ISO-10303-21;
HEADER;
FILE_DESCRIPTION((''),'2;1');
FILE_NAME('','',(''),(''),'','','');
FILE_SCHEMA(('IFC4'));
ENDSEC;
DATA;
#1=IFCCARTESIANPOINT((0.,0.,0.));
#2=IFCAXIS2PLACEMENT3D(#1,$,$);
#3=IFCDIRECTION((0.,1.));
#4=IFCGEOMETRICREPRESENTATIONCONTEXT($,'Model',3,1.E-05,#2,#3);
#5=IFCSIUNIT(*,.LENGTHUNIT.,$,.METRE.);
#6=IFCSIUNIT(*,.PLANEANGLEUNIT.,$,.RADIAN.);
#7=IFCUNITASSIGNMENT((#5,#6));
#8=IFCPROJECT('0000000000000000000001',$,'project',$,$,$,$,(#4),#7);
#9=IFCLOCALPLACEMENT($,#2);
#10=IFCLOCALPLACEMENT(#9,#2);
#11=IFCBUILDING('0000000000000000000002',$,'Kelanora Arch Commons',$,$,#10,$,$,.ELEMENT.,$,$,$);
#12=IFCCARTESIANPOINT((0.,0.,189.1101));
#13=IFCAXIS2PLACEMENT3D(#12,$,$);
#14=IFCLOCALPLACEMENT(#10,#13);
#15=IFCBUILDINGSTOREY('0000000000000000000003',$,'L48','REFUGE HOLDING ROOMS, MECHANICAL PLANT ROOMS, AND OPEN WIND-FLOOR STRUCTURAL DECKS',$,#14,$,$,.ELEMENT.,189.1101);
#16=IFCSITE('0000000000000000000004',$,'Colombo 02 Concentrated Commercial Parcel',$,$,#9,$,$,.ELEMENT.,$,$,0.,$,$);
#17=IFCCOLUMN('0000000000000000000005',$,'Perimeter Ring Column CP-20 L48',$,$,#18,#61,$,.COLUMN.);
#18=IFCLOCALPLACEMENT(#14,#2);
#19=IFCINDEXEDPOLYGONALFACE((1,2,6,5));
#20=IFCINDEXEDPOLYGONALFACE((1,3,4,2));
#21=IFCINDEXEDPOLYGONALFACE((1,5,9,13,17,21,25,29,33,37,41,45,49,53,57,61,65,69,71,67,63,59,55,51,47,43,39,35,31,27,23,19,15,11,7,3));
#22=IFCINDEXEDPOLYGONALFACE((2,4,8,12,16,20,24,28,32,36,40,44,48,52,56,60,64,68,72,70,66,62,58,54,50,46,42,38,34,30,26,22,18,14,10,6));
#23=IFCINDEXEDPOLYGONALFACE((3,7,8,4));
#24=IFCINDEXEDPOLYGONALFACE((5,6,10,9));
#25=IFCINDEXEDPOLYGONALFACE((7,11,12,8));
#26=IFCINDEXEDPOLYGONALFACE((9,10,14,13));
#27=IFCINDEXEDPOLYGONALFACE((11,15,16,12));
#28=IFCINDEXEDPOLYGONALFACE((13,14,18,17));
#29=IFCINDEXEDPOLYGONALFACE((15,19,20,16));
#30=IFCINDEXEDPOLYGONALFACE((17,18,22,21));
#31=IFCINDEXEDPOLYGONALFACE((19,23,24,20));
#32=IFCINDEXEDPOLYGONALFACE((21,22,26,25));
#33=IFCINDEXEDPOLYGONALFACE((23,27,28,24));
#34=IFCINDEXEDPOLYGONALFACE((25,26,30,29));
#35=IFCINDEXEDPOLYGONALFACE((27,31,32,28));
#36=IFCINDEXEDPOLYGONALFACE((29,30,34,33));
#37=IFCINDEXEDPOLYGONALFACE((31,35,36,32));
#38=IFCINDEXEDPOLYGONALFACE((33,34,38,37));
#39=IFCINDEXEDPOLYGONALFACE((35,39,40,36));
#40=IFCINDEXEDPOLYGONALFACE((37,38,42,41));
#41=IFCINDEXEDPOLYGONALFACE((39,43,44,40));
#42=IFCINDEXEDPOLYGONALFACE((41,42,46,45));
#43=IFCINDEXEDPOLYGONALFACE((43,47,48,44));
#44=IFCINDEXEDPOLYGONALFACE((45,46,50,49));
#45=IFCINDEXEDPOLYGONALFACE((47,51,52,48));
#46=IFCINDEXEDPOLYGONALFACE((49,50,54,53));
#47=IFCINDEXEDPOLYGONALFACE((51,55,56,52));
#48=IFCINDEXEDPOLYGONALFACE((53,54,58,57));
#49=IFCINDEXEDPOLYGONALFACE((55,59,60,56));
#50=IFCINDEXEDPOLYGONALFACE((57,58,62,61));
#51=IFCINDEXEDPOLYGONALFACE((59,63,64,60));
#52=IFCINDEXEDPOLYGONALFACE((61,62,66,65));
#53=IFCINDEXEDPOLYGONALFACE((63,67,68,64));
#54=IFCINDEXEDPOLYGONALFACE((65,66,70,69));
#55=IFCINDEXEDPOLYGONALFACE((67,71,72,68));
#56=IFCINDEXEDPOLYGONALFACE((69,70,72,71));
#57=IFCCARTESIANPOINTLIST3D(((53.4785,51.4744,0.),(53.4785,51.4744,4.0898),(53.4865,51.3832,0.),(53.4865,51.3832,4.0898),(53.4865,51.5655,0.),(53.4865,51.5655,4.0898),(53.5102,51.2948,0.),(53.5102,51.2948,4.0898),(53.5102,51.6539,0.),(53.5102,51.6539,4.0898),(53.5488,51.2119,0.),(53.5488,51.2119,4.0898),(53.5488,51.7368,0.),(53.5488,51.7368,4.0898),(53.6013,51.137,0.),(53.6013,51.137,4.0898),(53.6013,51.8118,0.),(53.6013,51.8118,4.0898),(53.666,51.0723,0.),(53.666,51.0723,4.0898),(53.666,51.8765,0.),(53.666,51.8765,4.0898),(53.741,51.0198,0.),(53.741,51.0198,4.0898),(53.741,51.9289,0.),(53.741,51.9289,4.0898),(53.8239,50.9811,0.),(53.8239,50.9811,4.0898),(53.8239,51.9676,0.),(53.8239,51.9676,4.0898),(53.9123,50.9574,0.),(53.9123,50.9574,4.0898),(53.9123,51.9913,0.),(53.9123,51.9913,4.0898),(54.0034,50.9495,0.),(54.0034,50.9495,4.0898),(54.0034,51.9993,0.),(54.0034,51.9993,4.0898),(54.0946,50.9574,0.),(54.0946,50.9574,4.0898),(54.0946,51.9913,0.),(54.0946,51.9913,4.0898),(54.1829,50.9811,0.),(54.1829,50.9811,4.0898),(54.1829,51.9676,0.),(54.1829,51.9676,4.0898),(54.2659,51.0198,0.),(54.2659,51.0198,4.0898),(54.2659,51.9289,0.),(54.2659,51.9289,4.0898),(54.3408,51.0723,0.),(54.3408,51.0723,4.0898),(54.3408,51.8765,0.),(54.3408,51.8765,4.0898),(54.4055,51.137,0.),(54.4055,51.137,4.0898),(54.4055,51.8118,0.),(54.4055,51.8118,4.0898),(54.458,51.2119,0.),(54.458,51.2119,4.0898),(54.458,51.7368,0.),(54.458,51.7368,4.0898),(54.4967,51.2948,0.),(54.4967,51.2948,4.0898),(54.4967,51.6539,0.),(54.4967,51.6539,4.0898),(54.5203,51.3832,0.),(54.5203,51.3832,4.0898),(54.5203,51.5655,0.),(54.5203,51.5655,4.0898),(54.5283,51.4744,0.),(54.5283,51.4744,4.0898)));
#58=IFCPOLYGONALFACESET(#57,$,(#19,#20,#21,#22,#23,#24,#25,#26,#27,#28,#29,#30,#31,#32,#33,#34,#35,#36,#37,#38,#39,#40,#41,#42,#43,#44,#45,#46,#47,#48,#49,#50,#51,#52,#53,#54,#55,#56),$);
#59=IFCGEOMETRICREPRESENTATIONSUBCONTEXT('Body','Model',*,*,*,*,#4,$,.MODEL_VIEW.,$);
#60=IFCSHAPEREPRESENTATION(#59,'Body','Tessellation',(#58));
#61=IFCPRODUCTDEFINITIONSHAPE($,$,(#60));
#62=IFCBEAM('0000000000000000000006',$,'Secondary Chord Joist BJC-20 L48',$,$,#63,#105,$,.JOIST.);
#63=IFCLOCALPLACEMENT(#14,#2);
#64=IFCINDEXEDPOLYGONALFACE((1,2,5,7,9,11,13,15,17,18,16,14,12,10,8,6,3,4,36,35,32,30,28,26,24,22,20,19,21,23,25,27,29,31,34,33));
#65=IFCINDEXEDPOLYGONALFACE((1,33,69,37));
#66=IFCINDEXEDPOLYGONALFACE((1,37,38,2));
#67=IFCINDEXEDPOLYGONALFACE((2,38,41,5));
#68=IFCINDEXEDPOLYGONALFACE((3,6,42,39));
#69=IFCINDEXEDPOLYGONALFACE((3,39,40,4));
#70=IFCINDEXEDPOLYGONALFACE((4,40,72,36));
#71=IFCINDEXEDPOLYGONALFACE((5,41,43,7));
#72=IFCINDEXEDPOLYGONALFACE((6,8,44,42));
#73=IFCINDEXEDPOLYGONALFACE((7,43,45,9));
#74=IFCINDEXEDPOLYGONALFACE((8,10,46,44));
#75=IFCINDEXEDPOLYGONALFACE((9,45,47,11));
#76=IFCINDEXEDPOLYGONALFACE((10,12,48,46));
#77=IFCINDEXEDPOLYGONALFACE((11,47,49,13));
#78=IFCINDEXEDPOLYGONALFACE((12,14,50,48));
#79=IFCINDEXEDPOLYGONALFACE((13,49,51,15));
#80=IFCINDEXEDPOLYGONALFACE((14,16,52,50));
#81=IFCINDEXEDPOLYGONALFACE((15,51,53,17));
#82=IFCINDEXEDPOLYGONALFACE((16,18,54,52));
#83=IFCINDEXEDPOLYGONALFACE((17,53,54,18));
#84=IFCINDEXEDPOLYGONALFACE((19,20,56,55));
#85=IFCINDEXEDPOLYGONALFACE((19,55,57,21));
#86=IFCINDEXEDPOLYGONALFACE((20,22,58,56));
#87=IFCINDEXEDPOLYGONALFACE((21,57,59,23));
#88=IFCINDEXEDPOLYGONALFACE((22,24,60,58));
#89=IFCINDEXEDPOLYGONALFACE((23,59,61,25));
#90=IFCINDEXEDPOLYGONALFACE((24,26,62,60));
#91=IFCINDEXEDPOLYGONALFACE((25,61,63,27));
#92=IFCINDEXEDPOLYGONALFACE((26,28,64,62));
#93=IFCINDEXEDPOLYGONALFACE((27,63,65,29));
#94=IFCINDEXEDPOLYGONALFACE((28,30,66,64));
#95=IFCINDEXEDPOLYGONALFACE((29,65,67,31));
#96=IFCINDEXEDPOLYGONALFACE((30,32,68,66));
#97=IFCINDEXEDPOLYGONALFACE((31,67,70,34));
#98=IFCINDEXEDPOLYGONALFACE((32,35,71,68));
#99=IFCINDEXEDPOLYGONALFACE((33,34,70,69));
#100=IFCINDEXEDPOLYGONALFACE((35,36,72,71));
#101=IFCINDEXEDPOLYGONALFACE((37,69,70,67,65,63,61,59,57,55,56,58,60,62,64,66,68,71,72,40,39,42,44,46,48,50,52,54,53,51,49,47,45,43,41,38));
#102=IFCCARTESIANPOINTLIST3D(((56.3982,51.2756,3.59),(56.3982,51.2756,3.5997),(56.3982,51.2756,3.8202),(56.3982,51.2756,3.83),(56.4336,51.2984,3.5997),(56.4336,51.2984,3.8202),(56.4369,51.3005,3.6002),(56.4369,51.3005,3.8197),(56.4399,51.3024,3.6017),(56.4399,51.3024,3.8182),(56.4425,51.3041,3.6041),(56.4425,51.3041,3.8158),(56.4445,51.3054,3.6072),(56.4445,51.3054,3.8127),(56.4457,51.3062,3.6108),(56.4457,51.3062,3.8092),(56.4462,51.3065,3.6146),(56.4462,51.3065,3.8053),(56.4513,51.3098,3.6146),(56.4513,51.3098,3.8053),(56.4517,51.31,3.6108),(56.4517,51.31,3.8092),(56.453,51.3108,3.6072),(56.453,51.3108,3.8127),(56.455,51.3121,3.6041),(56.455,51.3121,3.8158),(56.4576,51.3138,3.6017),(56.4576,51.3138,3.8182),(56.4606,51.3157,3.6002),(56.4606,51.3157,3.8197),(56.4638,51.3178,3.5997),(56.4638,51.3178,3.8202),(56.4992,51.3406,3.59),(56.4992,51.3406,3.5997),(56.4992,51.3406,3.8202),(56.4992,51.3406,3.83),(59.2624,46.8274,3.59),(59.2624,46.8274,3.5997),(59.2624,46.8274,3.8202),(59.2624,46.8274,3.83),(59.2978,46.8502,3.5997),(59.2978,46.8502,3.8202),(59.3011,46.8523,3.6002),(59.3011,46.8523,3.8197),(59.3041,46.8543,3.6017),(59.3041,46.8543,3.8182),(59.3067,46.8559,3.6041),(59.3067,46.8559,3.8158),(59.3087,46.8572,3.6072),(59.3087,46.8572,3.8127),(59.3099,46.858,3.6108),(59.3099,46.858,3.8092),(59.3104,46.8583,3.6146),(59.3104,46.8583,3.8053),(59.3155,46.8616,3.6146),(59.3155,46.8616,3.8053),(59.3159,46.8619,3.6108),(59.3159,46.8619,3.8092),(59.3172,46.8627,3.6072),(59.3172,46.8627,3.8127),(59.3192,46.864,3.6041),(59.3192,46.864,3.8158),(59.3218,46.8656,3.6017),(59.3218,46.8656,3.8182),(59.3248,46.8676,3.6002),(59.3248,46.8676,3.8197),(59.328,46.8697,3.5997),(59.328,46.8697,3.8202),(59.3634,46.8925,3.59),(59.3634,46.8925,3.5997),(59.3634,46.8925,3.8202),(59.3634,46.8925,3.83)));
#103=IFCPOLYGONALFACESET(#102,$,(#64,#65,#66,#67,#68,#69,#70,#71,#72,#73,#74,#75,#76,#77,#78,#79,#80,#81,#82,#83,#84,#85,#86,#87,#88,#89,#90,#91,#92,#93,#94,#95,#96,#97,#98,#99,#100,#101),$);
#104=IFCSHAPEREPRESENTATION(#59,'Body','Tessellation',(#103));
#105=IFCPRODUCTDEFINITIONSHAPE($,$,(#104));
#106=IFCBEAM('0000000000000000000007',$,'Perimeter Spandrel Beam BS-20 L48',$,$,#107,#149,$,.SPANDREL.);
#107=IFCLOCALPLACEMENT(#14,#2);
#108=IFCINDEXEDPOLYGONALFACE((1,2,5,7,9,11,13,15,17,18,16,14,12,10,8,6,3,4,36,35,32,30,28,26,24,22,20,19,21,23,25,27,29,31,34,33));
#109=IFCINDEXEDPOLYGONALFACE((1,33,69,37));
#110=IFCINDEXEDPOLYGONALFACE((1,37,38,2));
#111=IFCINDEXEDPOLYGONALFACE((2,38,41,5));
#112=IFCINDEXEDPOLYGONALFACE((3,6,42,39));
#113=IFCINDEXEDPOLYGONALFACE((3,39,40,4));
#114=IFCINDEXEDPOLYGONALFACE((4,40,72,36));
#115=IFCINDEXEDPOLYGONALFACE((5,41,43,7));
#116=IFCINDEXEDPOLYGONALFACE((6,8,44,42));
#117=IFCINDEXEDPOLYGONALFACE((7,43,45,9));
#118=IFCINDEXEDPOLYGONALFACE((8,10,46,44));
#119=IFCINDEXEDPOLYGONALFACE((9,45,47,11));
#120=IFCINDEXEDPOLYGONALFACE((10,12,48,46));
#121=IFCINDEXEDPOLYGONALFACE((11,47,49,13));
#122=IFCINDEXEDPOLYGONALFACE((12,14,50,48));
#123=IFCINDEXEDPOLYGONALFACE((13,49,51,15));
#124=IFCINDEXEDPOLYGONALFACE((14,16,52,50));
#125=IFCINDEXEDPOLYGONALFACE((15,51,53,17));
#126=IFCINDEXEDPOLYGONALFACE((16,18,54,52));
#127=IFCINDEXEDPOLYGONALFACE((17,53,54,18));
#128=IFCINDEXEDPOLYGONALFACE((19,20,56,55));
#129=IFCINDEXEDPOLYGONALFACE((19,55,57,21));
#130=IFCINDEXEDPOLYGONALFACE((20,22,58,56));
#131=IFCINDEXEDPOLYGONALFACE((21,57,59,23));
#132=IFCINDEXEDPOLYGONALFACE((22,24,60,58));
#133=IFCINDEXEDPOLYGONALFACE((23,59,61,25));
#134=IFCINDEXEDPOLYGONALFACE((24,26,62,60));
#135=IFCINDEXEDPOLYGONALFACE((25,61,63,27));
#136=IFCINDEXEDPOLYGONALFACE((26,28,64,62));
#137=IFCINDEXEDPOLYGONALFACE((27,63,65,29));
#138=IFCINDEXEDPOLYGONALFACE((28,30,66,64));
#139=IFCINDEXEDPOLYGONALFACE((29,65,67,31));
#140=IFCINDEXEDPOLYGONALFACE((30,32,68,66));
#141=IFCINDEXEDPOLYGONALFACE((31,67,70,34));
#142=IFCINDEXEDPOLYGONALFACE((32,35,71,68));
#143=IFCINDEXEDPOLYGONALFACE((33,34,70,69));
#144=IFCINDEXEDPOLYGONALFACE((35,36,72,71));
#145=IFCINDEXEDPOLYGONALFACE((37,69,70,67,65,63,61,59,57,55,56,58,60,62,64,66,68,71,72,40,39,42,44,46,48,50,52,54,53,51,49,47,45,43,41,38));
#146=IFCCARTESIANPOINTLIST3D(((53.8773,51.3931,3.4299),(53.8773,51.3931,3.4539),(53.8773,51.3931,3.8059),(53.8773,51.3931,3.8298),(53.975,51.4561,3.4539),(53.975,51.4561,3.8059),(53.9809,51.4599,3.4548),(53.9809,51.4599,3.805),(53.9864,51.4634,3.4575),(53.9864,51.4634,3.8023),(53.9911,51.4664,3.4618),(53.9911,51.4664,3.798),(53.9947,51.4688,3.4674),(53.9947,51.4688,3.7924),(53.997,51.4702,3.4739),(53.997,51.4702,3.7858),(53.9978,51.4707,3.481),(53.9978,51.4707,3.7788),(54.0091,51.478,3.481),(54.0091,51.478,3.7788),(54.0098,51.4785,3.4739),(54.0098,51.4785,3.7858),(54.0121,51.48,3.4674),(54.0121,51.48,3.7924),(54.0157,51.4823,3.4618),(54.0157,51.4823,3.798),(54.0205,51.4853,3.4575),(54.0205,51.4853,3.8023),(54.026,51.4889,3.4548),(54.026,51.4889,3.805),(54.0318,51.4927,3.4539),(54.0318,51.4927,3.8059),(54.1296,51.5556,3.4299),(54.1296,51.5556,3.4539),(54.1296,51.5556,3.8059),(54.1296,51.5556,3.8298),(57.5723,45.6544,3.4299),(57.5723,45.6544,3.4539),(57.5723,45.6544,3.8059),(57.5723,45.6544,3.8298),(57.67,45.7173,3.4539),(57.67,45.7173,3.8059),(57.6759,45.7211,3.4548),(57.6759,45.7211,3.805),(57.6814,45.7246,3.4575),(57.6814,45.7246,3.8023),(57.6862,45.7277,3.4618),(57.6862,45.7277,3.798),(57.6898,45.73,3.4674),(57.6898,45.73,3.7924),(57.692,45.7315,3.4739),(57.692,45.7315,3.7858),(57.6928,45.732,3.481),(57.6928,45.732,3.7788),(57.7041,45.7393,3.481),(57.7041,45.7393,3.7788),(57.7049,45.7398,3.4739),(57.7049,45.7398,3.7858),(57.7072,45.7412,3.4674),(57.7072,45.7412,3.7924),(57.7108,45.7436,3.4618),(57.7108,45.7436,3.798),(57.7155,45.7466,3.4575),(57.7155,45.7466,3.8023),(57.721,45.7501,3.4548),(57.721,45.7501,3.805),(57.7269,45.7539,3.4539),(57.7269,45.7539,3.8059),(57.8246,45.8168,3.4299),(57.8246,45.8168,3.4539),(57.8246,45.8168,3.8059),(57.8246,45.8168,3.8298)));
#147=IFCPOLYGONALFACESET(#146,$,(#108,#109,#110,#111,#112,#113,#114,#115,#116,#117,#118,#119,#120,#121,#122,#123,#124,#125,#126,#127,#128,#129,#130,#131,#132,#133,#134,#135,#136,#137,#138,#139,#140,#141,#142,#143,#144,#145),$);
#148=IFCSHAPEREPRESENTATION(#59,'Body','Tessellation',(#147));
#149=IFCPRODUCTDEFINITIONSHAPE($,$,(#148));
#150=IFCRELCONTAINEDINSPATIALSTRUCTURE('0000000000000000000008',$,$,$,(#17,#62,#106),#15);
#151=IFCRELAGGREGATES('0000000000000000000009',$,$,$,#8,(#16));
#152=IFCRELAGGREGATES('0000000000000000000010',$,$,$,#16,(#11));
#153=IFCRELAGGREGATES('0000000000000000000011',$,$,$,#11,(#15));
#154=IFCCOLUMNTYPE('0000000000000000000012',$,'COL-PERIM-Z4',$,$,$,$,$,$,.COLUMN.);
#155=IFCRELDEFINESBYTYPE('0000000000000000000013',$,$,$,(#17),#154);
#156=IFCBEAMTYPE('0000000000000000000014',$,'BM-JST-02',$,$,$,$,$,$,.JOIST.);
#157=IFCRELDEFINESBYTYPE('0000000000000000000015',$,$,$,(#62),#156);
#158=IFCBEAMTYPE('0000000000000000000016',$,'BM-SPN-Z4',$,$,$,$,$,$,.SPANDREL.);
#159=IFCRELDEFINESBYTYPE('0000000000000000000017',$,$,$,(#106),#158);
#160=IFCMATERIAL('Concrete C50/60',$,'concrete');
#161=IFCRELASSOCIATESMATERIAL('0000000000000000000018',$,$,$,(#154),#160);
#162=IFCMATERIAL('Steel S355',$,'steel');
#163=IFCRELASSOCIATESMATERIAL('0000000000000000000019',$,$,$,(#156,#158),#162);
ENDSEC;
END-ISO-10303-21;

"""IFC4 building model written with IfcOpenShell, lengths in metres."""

from ifc_helpers import new_model, si_unit, direction, frame, origin, origin_2d, place, context, subcontext, project, spatial, circle, i_section, extrude, material, material_profile, profile_set, type_object, element, save


model = new_model("IFC4")

# Units and contexts
model_context = context("Model", 3, precision=1e-05, world=origin(), true_north=direction((0.0, 1.0)))
body_context = subcontext(model_context, "Body", "Model", "MODEL_VIEW")
ifc_project = project(units=[si_unit("LENGTHUNIT", "METRE"), si_unit("PLANEANGLEUNIT", "RADIAN")], contexts=[model_context])

# Site, building, storey
site_placement = place(None, origin())
site = spatial("IfcSite", under=ifc_project, at=site_placement, Name="Colombo 02 Concentrated Commercial Parcel", CompositionType="ELEMENT", RefElevation=0.0)
building_placement = place(site_placement, origin())
building = spatial("IfcBuilding", under=site, at=building_placement, Name="Kelanora Arch Commons", CompositionType="ELEMENT")
storey_placement = place(building_placement, frame((0.0, 0.0, 189.1101)))
storey = spatial("IfcBuildingStorey", under=building, at=storey_placement, Name="L48", Description="REFUGE HOLDING ROOMS, MECHANICAL PLANT ROOMS, AND OPEN WIND-FLOOR STRUCTURAL DECKS", CompositionType="ELEMENT", Elevation=189.1101)

# Column
ifc_material_1 = material(Name="Concrete C50/60", Category="concrete")
ifc_material_profile_1 = material_profile(ifc_material_1, circle(Radius=0.5249, at=origin_2d()), Name="RCC1050")
ifc_profile_set_1 = profile_set([ifc_material_profile_1], Name="Concrete C50/60")
column_type = type_object("IfcColumnType", Name="COL-PERIM-Z4", PredefinedType="COLUMN", material=ifc_profile_set_1)
column_placement = place(storey_placement, frame((54.0034, 51.4744, 0.0), z_axis=(0.0, 0.0, 1.0), x_axis=(1.0, 0.0, 0.0)))
element("IfcColumn", 1, at=column_placement, inside=storey, type_object=column_type, Name="Perimeter Ring Column CP-20 L48", PredefinedType="COLUMN", context=body_context, shape_type="SweptSolid", body=[
    extrude(circle(Radius=0.5249, at=origin_2d()), origin(), (0.0, 0.0, 1.0), 4.0898),
])

# Beams
ifc_material_2 = material(Name="Steel S355", Category="steel")
ifc_material_profile_2 = material_profile(ifc_material_2, i_section(OverallWidth=0.1201, OverallDepth=0.24, WebThickness=0.0061, FlangeThickness=0.0098, FilletRadius=0.0149, at=origin_2d()), Name="IPE240")
ifc_profile_set_2 = profile_set([ifc_material_profile_2], Name="Steel S355")
beam_type_1 = type_object("IfcBeamType", Name="BM-JST-02", PredefinedType="JOIST", material=ifc_profile_set_2)
beam_1_placement = place(storey_placement, frame((56.4487, 51.3081, 3.71), z_axis=(0.541382, -0.840776, 0.0), x_axis=(0.840776, 0.541382, 0.0)))
element("IfcBeam", 2, at=beam_1_placement, inside=storey, type_object=beam_type_1, Name="Secondary Chord Joist BJC-20 L48", PredefinedType="JOIST", context=body_context, shape_type="SweptSolid", body=[
    extrude(i_section(OverallWidth=0.1201, OverallDepth=0.24, WebThickness=0.0061, FlangeThickness=0.0098, FilletRadius=0.0149, at=origin_2d()), origin(), (0.0, 0.0, 1.0), 5.2905),
])
ifc_material_profile_3 = material_profile(ifc_material_2, i_section(OverallWidth=0.3, OverallDepth=0.3999, WebThickness=0.0134, FlangeThickness=0.0239, FilletRadius=0.0271, at=origin_2d()), Name="HEB400")
ifc_profile_set_3 = profile_set([ifc_material_profile_3], Name="Steel S355")
beam_type_2 = type_object("IfcBeamType", Name="BM-SPN-Z4", PredefinedType="SPANDREL", material=ifc_profile_set_3)
beam_2_placement = place(storey_placement, frame((54.0034, 51.4744, 3.6299), z_axis=(0.541365, -0.840788, 0.0), x_axis=(0.840788, 0.541365, 0.0)))
element("IfcBeam", 3, at=beam_2_placement, inside=storey, type_object=beam_type_2, Name="Perimeter Spandrel Beam BS-20 L48", PredefinedType="SPANDREL", context=body_context, shape_type="SweptSolid", body=[
    extrude(i_section(OverallWidth=0.3, OverallDepth=0.3999, WebThickness=0.0134, FlangeThickness=0.0239, FilletRadius=0.0271, at=origin_2d()), origin(), (0.0, 0.0, 1.0), 6.8254),
])

save(model, "model.ifc")
